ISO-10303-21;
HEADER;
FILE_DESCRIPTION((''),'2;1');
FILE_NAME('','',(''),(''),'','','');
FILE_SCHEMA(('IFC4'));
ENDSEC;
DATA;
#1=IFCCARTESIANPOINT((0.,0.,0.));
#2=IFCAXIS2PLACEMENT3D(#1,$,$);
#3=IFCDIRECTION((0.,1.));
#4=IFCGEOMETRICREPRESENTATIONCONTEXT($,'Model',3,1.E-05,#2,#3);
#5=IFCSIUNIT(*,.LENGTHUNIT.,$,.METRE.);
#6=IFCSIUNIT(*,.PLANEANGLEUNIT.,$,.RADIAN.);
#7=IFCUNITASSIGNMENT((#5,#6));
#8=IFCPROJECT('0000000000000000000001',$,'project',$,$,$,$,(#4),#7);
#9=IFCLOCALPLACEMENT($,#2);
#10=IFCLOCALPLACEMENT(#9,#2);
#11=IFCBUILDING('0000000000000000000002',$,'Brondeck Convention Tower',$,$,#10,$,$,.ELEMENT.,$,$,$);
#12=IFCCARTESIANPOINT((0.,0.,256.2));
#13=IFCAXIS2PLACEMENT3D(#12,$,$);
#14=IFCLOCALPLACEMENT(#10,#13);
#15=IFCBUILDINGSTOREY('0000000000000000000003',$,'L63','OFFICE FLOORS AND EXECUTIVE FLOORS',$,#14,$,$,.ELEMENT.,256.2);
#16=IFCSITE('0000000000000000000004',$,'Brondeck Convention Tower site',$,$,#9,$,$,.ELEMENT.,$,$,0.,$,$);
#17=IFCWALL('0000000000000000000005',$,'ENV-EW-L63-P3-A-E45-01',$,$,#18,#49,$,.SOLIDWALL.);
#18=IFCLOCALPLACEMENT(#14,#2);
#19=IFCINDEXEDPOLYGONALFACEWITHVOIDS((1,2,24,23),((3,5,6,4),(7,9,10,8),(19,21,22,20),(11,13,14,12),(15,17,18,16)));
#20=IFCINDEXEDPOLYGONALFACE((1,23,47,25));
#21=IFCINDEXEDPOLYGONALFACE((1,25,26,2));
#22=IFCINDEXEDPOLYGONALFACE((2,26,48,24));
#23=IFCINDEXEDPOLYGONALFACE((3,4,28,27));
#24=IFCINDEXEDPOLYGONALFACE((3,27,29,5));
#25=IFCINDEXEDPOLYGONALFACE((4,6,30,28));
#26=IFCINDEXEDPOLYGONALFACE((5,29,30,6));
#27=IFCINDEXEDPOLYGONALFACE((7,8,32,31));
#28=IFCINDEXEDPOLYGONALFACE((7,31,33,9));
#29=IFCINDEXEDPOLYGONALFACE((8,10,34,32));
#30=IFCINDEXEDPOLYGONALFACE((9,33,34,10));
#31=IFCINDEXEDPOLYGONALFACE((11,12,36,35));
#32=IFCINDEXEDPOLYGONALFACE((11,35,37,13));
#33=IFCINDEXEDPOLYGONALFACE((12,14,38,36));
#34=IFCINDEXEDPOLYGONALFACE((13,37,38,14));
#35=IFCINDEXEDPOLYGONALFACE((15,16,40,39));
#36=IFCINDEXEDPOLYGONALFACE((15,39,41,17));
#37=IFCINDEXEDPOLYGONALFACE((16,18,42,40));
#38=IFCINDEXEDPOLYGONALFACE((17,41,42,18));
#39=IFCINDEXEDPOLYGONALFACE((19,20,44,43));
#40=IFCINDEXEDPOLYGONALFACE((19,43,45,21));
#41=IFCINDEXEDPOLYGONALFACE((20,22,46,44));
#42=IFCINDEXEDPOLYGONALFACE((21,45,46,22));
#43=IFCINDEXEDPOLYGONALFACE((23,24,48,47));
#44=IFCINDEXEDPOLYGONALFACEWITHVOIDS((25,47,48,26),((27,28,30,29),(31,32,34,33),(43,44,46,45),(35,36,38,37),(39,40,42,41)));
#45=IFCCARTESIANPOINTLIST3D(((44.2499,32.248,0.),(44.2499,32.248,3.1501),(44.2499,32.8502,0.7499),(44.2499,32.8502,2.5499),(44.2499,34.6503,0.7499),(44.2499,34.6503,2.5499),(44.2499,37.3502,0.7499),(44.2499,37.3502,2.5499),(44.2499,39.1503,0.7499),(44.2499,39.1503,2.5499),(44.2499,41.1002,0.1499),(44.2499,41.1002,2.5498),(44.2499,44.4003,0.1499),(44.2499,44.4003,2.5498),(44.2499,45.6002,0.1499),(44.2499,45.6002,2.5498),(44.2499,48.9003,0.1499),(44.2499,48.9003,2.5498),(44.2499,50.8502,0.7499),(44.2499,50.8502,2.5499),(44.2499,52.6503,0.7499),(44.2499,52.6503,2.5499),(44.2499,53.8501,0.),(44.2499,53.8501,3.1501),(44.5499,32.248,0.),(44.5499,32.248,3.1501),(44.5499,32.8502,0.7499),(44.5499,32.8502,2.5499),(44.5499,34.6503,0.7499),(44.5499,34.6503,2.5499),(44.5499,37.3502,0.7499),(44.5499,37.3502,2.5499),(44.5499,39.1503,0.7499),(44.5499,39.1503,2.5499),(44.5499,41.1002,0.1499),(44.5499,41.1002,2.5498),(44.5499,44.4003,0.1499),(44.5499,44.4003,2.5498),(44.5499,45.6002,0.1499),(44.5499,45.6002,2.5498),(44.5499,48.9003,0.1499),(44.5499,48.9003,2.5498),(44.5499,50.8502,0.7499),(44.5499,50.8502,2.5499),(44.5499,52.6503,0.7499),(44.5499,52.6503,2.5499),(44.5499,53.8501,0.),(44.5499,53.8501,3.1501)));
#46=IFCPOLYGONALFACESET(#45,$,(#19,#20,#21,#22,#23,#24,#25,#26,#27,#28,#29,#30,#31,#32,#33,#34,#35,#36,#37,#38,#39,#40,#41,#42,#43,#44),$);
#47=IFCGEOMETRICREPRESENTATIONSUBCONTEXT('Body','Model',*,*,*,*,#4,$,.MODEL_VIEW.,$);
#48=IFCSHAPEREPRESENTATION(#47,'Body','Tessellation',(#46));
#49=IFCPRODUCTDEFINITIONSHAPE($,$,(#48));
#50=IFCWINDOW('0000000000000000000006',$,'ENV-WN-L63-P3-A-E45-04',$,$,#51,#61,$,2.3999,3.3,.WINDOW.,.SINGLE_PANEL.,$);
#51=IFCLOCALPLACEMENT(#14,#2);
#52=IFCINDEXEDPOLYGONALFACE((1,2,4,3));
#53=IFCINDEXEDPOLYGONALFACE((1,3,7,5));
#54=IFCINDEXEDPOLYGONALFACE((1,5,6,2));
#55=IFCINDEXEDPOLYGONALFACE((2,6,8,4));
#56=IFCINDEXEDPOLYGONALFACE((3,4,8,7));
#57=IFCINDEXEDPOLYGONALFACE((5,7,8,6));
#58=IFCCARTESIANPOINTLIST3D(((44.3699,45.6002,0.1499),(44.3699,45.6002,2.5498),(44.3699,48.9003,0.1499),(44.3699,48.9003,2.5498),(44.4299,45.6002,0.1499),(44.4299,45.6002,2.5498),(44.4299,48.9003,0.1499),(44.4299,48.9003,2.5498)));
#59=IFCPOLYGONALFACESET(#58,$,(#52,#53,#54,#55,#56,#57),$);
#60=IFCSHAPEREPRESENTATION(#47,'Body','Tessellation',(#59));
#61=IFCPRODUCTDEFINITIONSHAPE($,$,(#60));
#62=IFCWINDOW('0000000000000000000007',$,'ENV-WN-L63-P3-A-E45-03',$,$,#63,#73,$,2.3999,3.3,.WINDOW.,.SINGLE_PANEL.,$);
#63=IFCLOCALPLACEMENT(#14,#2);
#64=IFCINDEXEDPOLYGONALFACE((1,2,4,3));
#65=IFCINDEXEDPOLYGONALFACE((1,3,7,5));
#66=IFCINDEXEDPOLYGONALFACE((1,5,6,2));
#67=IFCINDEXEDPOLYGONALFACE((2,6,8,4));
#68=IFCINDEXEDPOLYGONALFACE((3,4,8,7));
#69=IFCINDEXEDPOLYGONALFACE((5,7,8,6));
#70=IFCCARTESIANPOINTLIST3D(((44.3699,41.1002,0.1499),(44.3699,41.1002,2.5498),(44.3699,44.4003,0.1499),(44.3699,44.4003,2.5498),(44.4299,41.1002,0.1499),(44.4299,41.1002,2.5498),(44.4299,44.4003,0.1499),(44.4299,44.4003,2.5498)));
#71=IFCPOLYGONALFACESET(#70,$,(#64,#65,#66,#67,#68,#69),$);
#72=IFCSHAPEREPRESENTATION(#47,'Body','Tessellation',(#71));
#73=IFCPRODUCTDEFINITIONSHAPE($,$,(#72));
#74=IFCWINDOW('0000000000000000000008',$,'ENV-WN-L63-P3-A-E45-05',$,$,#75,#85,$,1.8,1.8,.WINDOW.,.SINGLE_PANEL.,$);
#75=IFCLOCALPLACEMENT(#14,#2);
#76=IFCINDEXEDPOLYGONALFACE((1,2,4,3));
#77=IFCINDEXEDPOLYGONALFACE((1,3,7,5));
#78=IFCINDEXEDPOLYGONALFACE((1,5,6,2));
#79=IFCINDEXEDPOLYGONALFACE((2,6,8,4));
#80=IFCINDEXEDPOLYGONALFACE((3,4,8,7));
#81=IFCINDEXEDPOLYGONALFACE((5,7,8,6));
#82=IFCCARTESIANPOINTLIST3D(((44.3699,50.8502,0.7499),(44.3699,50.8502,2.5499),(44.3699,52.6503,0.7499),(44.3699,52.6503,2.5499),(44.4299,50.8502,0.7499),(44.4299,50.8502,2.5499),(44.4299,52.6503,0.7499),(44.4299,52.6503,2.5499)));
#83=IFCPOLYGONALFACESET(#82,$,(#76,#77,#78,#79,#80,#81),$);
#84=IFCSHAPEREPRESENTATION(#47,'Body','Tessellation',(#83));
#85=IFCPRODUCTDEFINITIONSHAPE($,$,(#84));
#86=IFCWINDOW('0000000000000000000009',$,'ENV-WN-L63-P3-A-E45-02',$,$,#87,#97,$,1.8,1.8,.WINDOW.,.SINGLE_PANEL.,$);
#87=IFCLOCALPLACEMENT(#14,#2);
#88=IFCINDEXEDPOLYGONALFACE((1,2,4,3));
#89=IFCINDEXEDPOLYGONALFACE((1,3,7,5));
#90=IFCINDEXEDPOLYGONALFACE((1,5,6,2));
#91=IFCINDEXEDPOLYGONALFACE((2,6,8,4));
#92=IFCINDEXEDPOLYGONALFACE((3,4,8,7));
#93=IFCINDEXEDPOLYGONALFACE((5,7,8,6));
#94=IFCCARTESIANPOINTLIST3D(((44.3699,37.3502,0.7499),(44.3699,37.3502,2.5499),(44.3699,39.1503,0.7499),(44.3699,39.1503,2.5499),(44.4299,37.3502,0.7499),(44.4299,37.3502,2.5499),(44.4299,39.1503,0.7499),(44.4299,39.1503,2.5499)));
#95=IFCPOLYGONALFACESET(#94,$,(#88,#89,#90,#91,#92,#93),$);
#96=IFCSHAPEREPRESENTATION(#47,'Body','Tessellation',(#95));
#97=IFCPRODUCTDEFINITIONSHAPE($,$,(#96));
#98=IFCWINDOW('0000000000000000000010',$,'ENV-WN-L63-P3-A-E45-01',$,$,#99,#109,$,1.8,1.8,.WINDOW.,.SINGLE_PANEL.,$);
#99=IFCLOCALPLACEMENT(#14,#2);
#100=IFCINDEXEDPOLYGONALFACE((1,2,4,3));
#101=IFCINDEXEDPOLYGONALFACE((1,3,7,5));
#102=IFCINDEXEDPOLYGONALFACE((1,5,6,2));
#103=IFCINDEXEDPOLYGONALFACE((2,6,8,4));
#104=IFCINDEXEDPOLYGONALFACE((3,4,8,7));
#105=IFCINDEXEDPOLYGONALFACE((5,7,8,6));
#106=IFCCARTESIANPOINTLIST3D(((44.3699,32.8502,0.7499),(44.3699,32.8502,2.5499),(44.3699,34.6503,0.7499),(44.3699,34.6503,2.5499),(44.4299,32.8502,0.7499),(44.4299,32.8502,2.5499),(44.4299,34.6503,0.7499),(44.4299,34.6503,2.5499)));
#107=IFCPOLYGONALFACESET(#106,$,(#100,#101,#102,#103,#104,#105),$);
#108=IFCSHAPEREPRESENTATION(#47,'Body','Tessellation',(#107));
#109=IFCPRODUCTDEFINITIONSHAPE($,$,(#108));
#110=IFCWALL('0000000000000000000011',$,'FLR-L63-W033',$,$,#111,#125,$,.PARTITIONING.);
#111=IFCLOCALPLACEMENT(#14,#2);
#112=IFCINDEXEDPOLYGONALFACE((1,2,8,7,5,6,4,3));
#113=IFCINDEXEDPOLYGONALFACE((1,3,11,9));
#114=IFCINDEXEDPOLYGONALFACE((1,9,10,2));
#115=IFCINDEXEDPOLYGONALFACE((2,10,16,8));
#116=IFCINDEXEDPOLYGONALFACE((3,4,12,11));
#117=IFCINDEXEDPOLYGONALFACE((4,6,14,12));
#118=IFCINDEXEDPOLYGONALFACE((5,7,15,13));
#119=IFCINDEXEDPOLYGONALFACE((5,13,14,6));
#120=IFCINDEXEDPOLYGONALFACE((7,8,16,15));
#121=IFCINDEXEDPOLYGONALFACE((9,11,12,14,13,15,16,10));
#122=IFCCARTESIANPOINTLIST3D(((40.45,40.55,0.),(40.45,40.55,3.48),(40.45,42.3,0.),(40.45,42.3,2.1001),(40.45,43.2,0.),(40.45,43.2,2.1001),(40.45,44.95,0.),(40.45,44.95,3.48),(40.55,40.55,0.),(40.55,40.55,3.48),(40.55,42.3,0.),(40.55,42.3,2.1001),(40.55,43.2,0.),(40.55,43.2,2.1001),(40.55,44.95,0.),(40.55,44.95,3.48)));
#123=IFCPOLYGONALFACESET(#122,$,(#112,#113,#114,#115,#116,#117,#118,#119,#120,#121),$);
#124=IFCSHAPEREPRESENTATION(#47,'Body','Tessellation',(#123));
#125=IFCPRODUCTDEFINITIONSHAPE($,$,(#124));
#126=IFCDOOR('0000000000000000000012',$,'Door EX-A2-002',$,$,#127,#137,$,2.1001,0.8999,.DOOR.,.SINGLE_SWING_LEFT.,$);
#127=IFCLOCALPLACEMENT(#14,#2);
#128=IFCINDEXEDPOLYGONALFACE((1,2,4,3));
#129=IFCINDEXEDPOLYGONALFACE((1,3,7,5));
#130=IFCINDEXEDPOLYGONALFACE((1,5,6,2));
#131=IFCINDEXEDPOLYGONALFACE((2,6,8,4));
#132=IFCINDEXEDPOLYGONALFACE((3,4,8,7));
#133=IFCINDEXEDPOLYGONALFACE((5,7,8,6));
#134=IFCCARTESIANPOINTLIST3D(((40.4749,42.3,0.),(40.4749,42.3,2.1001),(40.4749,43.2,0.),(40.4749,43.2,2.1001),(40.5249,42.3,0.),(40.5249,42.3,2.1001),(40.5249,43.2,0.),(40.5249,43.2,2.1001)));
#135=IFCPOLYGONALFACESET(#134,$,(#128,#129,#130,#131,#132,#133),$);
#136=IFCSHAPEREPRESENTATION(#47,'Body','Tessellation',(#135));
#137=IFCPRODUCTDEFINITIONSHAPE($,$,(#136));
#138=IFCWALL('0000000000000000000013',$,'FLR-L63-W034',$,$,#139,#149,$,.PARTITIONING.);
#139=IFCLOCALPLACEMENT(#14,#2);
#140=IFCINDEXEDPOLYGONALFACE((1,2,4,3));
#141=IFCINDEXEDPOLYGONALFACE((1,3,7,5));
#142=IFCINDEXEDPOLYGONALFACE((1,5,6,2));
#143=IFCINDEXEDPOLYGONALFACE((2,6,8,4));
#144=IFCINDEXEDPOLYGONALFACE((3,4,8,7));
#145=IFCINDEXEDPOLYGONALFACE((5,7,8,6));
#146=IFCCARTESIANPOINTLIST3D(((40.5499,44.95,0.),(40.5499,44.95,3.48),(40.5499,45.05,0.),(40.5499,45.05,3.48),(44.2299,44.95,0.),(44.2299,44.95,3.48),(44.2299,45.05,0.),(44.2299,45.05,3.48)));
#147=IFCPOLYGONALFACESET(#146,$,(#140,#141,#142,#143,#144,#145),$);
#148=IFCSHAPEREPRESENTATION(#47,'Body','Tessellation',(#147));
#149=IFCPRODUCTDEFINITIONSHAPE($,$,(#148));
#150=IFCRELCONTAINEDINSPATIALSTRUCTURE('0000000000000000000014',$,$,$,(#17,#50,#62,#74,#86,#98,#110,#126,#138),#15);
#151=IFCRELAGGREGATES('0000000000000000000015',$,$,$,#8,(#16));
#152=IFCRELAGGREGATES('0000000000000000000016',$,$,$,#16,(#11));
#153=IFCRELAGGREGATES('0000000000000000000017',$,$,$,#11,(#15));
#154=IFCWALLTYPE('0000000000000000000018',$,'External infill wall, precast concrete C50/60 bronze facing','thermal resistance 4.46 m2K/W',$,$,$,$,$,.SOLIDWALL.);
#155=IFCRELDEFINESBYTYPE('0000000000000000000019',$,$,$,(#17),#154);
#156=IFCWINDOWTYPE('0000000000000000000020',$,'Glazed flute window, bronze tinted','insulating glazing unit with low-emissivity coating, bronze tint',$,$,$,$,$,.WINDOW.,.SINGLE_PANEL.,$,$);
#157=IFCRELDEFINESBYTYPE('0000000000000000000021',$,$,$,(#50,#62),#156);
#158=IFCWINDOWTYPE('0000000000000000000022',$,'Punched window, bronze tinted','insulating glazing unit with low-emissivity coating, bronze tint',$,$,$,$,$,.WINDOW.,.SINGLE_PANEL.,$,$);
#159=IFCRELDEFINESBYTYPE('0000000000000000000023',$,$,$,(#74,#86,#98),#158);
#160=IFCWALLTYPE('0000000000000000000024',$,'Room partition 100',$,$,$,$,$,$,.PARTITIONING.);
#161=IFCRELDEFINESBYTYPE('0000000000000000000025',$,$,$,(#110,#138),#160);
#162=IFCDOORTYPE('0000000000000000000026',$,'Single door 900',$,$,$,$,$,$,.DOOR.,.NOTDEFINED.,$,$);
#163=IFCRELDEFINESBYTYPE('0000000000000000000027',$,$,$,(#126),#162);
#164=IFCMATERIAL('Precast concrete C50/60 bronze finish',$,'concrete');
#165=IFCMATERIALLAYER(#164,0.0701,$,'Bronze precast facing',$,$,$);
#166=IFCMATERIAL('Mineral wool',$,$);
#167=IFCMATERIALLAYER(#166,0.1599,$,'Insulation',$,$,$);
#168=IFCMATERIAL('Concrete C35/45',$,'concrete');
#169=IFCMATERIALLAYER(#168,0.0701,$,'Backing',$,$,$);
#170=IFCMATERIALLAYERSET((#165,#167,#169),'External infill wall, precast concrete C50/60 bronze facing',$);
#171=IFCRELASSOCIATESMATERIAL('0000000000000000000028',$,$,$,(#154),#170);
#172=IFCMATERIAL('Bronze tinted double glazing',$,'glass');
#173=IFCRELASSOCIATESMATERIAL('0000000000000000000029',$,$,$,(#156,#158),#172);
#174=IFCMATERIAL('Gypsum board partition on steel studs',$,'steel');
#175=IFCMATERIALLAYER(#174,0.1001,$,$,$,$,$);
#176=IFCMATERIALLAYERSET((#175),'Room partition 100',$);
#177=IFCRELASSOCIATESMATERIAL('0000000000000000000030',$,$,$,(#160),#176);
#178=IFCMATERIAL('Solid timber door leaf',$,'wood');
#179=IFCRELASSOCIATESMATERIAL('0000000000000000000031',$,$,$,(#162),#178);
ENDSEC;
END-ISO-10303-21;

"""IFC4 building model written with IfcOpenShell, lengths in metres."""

from ifc_helpers import new_model, si_unit, direction, frame, frame_2d, origin, place, context, subcontext, project, spatial, rectangle, extrude, material, layer, layer_set, type_object, element, fill, save


model = new_model("IFC4")

# Units and contexts
model_context = context("Model", 3, precision=1e-05, world=origin(), true_north=direction((0.0, 1.0)))
body_context = subcontext(model_context, "Body", "Model", "MODEL_VIEW")
ifc_project = project(units=[si_unit("LENGTHUNIT", "METRE"), si_unit("PLANEANGLEUNIT", "RADIAN")], contexts=[model_context])

# Site, building, storey
site_placement = place(None, origin())
site = spatial("IfcSite", under=ifc_project, at=site_placement, Name="Brondeck Convention Tower site", CompositionType="ELEMENT", RefElevation=0.0)
building_placement = place(site_placement, origin())
building = spatial("IfcBuilding", under=site, at=building_placement, Name="Brondeck Convention Tower", CompositionType="ELEMENT")
storey_placement = place(building_placement, frame((0.0, 0.0, 256.2)))
storey = spatial("IfcBuildingStorey", under=building, at=storey_placement, Name="L63", Description="OFFICE FLOORS AND EXECUTIVE FLOORS", CompositionType="ELEMENT", Elevation=256.2)

# Wall, openings, windows
ifc_material_1 = material(Name="Precast concrete C50/60 bronze finish", Category="concrete")
ifc_layer_1 = layer(ifc_material_1, 0.0701, Name="Bronze precast facing")
ifc_material_2 = material(Name="Mineral wool")
ifc_layer_2 = layer(ifc_material_2, 0.1599, Name="Insulation")
ifc_material_3 = material(Name="Concrete C35/45", Category="concrete")
ifc_layer_3 = layer(ifc_material_3, 0.0701, Name="Backing")
ifc_layer_set_1 = layer_set([ifc_layer_1, ifc_layer_2, ifc_layer_3], Name="External infill wall, precast concrete C50/60 bronze facing")
wall_type_1 = type_object("IfcWallType", Name="External infill wall, precast concrete C50/60 bronze facing", Description="thermal resistance 4.46 m2K/W", PredefinedType="SOLIDWALL", material=ifc_layer_set_1)
wall_1_placement = place(storey_placement, frame((44.3999, 53.8501, 0.0), z_axis=(0.0, 0.0, 1.0), x_axis=(0.0, -1.0, 0.0)))
wall_1 = element("IfcWall", 1, at=wall_1_placement, inside=storey, type_object=wall_type_1, Name="ENV-EW-L63-P3-A-E45-01", PredefinedType="SOLIDWALL", context=body_context, shape_type="SweptSolid", body=[
    extrude(rectangle(XDim=21.6021, YDim=0.3, at=frame_2d((10.801, 0.0))), origin(), (0.0, 0.0, 1.0), 3.1501),
])
opening_1_placement = place(wall_1_placement, frame((1.2, 0.0, 0.75)))
opening_1 = element("IfcOpeningElement", 2, at=opening_1_placement, cuts=wall_1, PredefinedType="OPENING", context=body_context, shape_type="SweptSolid", body=[
    extrude(rectangle(XDim=1.8, YDim=1.8, at=frame_2d((0.8999, 0.8999))), frame((0.0, 0.1599, 0.0), z_axis=(0.0, -1.0, 0.0), x_axis=(1.0, 0.0, 0.0)), (0.0, 0.0, 1.0), 0.3201),
])
opening_2_placement = place(wall_1_placement, frame((4.95, 0.0, 0.1499)))
opening_2 = element("IfcOpeningElement", 3, at=opening_2_placement, cuts=wall_1, PredefinedType="OPENING", context=body_context, shape_type="SweptSolid", body=[
    extrude(rectangle(XDim=3.3, YDim=2.3999, at=frame_2d((1.6499, 1.2))), frame((0.0, 0.1599, 0.0), z_axis=(0.0, -1.0, 0.0), x_axis=(1.0, 0.0, 0.0)), (0.0, 0.0, 1.0), 0.3201),
])
opening_3_placement = place(wall_1_placement, frame((9.45, 0.0, 0.1499)))
opening_3 = element("IfcOpeningElement", 4, at=opening_3_placement, cuts=wall_1, PredefinedType="OPENING", context=body_context, shape_type="SweptSolid", body=[
    extrude(rectangle(XDim=3.3, YDim=2.3999, at=frame_2d((1.6499, 1.2))), frame((0.0, 0.1599, 0.0), z_axis=(0.0, -1.0, 0.0), x_axis=(1.0, 0.0, 0.0)), (0.0, 0.0, 1.0), 0.3201),
])
opening_4_placement = place(wall_1_placement, frame((14.7, 0.0, 0.75)))
opening_4 = element("IfcOpeningElement", 5, at=opening_4_placement, cuts=wall_1, PredefinedType="OPENING", context=body_context, shape_type="SweptSolid", body=[
    extrude(rectangle(XDim=1.8, YDim=1.8, at=frame_2d((0.8999, 0.8999))), frame((0.0, 0.1599, 0.0), z_axis=(0.0, -1.0, 0.0), x_axis=(1.0, 0.0, 0.0)), (0.0, 0.0, 1.0), 0.3201),
])
opening_5_placement = place(wall_1_placement, frame((19.2, 0.0, 0.75)))
opening_5 = element("IfcOpeningElement", 6, at=opening_5_placement, cuts=wall_1, PredefinedType="OPENING", context=body_context, shape_type="SweptSolid", body=[
    extrude(rectangle(XDim=1.8, YDim=1.8, at=frame_2d((0.8999, 0.8999))), frame((0.0, 0.1599, 0.0), z_axis=(0.0, -1.0, 0.0), x_axis=(1.0, 0.0, 0.0)), (0.0, 0.0, 1.0), 0.3201),
])
ifc_material_4 = material(Name="Bronze tinted double glazing", Category="glass")
window_type_1 = type_object("IfcWindowType", Name="Glazed flute window, bronze tinted", Description="insulating glazing unit with low-emissivity coating, bronze tint", PartitioningType="SINGLE_PANEL", PredefinedType="WINDOW", material=ifc_material_4)
window_1_placement = place(opening_2_placement, origin())
window_1 = element("IfcWindow", 7, at=window_1_placement, inside=storey, type_object=window_type_1, Name="ENV-WN-L63-P3-A-E45-04", OverallHeight=2.3999, OverallWidth=3.3, PartitioningType="SINGLE_PANEL", PredefinedType="WINDOW", context=body_context, shape_type="SweptSolid", body=[
    extrude(rectangle(XDim=3.3, YDim=2.3999, at=frame_2d((1.6499, 1.2))), frame((0.0, 0.03, 0.0), z_axis=(0.0, -1.0, 0.0), x_axis=(1.0, 0.0, 0.0)), (0.0, 0.0, 1.0), 0.0601),
])
fill(opening_2, window_1)
window_2_placement = place(opening_3_placement, origin())
window_2 = element("IfcWindow", 8, at=window_2_placement, inside=storey, type_object=window_type_1, Name="ENV-WN-L63-P3-A-E45-03", OverallHeight=2.3999, OverallWidth=3.3, PartitioningType="SINGLE_PANEL", PredefinedType="WINDOW", context=body_context, shape_type="SweptSolid", body=[
    extrude(rectangle(XDim=3.3, YDim=2.3999, at=frame_2d((1.6499, 1.2))), frame((0.0, 0.03, 0.0), z_axis=(0.0, -1.0, 0.0), x_axis=(1.0, 0.0, 0.0)), (0.0, 0.0, 1.0), 0.0601),
])
fill(opening_3, window_2)
window_type_2 = type_object("IfcWindowType", Name="Punched window, bronze tinted", Description="insulating glazing unit with low-emissivity coating, bronze tint", PartitioningType="SINGLE_PANEL", PredefinedType="WINDOW", material=ifc_material_4)
window_3_placement = place(opening_1_placement, origin())
window_3 = element("IfcWindow", 9, at=window_3_placement, inside=storey, type_object=window_type_2, Name="ENV-WN-L63-P3-A-E45-05", OverallHeight=1.8, OverallWidth=1.8, PartitioningType="SINGLE_PANEL", PredefinedType="WINDOW", context=body_context, shape_type="SweptSolid", body=[
    extrude(rectangle(XDim=1.8, YDim=1.8, at=frame_2d((0.8999, 0.8999))), frame((0.0, 0.03, 0.0), z_axis=(0.0, -1.0, 0.0), x_axis=(1.0, 0.0, 0.0)), (0.0, 0.0, 1.0), 0.0601),
])
fill(opening_1, window_3)
window_4_placement = place(opening_4_placement, origin())
window_4 = element("IfcWindow", 10, at=window_4_placement, inside=storey, type_object=window_type_2, Name="ENV-WN-L63-P3-A-E45-02", OverallHeight=1.8, OverallWidth=1.8, PartitioningType="SINGLE_PANEL", PredefinedType="WINDOW", context=body_context, shape_type="SweptSolid", body=[
    extrude(rectangle(XDim=1.8, YDim=1.8, at=frame_2d((0.8999, 0.8999))), frame((0.0, 0.03, 0.0), z_axis=(0.0, -1.0, 0.0), x_axis=(1.0, 0.0, 0.0)), (0.0, 0.0, 1.0), 0.0601),
])
fill(opening_4, window_4)
window_5_placement = place(opening_5_placement, origin())
window_5 = element("IfcWindow", 11, at=window_5_placement, inside=storey, type_object=window_type_2, Name="ENV-WN-L63-P3-A-E45-01", OverallHeight=1.8, OverallWidth=1.8, PartitioningType="SINGLE_PANEL", PredefinedType="WINDOW", context=body_context, shape_type="SweptSolid", body=[
    extrude(rectangle(XDim=1.8, YDim=1.8, at=frame_2d((0.8999, 0.8999))), frame((0.0, 0.03, 0.0), z_axis=(0.0, -1.0, 0.0), x_axis=(1.0, 0.0, 0.0)), (0.0, 0.0, 1.0), 0.0601),
])
fill(opening_5, window_5)

# Wall, opening, door
ifc_material_5 = material(Name="Gypsum board partition on steel studs", Category="steel")
ifc_layer_4 = layer(ifc_material_5, 0.1001)
ifc_layer_set_2 = layer_set([ifc_layer_4], Name="Room partition 100")
wall_type_2 = type_object("IfcWallType", Name="Room partition 100", PredefinedType="PARTITIONING", material=ifc_layer_set_2)
wall_2_placement = place(storey_placement, frame((40.5, 44.95, 0.0), z_axis=(0.0, 0.0, 1.0), x_axis=(0.0, -1.0, 0.0)))
wall_2 = element("IfcWall", 12, at=wall_2_placement, inside=storey, type_object=wall_type_2, Name="FLR-L63-W033", PredefinedType="PARTITIONING", context=body_context, shape_type="SweptSolid", body=[
    extrude(rectangle(XDim=4.3999, YDim=0.1001, at=frame_2d((2.2, 0.0))), origin(), (0.0, 0.0, 1.0), 3.48),
])
opening_6_placement = place(wall_2_placement, frame((1.75, 0.0, 0.0)))
opening_6 = element("IfcOpeningElement", 13, at=opening_6_placement, cuts=wall_2, PredefinedType="OPENING", context=body_context, shape_type="SweptSolid", body=[
    extrude(rectangle(XDim=0.8999, YDim=2.1001, at=frame_2d((0.45, 1.05))), frame((0.0, 0.0601, 0.0), z_axis=(0.0, -1.0, 0.0), x_axis=(1.0, 0.0, 0.0)), (0.0, 0.0, 1.0), 0.1201),
])
ifc_material_6 = material(Name="Solid timber door leaf", Category="wood")
door_type_1 = type_object("IfcDoorType", Name="Single door 900", OperationType="NOTDEFINED", PredefinedType="DOOR", material=ifc_material_6)
door_1_placement = place(opening_6_placement, origin())
door_1 = element("IfcDoor", 14, at=door_1_placement, inside=storey, type_object=door_type_1, Name="Door EX-A2-002", OperationType="SINGLE_SWING_LEFT", OverallHeight=2.1001, OverallWidth=0.8999, PredefinedType="DOOR", context=body_context, shape_type="SweptSolid", body=[
    extrude(rectangle(XDim=0.8999, YDim=2.1001, at=frame_2d((0.45, 1.05))), frame((0.0, 0.0249, 0.0), z_axis=(0.0, -1.0, 0.0), x_axis=(1.0, 0.0, 0.0)), (0.0, 0.0, 1.0), 0.05),
])
fill(opening_6, door_1)

# Wall
wall_3_placement = place(storey_placement, frame((40.55, 45.0, 0.0), z_axis=(0.0, 0.0, 1.0), x_axis=(1.0, 0.0, 0.0)))
element("IfcWall", 15, at=wall_3_placement, inside=storey, type_object=wall_type_2, Name="FLR-L63-W034", PredefinedType="PARTITIONING", context=body_context, shape_type="SweptSolid", body=[
    extrude(rectangle(XDim=3.6799, YDim=0.1001, at=frame_2d((1.8398, 0.0))), origin(), (0.0, 0.0, 1.0), 3.48),
])

save(model, "model.ifc")
